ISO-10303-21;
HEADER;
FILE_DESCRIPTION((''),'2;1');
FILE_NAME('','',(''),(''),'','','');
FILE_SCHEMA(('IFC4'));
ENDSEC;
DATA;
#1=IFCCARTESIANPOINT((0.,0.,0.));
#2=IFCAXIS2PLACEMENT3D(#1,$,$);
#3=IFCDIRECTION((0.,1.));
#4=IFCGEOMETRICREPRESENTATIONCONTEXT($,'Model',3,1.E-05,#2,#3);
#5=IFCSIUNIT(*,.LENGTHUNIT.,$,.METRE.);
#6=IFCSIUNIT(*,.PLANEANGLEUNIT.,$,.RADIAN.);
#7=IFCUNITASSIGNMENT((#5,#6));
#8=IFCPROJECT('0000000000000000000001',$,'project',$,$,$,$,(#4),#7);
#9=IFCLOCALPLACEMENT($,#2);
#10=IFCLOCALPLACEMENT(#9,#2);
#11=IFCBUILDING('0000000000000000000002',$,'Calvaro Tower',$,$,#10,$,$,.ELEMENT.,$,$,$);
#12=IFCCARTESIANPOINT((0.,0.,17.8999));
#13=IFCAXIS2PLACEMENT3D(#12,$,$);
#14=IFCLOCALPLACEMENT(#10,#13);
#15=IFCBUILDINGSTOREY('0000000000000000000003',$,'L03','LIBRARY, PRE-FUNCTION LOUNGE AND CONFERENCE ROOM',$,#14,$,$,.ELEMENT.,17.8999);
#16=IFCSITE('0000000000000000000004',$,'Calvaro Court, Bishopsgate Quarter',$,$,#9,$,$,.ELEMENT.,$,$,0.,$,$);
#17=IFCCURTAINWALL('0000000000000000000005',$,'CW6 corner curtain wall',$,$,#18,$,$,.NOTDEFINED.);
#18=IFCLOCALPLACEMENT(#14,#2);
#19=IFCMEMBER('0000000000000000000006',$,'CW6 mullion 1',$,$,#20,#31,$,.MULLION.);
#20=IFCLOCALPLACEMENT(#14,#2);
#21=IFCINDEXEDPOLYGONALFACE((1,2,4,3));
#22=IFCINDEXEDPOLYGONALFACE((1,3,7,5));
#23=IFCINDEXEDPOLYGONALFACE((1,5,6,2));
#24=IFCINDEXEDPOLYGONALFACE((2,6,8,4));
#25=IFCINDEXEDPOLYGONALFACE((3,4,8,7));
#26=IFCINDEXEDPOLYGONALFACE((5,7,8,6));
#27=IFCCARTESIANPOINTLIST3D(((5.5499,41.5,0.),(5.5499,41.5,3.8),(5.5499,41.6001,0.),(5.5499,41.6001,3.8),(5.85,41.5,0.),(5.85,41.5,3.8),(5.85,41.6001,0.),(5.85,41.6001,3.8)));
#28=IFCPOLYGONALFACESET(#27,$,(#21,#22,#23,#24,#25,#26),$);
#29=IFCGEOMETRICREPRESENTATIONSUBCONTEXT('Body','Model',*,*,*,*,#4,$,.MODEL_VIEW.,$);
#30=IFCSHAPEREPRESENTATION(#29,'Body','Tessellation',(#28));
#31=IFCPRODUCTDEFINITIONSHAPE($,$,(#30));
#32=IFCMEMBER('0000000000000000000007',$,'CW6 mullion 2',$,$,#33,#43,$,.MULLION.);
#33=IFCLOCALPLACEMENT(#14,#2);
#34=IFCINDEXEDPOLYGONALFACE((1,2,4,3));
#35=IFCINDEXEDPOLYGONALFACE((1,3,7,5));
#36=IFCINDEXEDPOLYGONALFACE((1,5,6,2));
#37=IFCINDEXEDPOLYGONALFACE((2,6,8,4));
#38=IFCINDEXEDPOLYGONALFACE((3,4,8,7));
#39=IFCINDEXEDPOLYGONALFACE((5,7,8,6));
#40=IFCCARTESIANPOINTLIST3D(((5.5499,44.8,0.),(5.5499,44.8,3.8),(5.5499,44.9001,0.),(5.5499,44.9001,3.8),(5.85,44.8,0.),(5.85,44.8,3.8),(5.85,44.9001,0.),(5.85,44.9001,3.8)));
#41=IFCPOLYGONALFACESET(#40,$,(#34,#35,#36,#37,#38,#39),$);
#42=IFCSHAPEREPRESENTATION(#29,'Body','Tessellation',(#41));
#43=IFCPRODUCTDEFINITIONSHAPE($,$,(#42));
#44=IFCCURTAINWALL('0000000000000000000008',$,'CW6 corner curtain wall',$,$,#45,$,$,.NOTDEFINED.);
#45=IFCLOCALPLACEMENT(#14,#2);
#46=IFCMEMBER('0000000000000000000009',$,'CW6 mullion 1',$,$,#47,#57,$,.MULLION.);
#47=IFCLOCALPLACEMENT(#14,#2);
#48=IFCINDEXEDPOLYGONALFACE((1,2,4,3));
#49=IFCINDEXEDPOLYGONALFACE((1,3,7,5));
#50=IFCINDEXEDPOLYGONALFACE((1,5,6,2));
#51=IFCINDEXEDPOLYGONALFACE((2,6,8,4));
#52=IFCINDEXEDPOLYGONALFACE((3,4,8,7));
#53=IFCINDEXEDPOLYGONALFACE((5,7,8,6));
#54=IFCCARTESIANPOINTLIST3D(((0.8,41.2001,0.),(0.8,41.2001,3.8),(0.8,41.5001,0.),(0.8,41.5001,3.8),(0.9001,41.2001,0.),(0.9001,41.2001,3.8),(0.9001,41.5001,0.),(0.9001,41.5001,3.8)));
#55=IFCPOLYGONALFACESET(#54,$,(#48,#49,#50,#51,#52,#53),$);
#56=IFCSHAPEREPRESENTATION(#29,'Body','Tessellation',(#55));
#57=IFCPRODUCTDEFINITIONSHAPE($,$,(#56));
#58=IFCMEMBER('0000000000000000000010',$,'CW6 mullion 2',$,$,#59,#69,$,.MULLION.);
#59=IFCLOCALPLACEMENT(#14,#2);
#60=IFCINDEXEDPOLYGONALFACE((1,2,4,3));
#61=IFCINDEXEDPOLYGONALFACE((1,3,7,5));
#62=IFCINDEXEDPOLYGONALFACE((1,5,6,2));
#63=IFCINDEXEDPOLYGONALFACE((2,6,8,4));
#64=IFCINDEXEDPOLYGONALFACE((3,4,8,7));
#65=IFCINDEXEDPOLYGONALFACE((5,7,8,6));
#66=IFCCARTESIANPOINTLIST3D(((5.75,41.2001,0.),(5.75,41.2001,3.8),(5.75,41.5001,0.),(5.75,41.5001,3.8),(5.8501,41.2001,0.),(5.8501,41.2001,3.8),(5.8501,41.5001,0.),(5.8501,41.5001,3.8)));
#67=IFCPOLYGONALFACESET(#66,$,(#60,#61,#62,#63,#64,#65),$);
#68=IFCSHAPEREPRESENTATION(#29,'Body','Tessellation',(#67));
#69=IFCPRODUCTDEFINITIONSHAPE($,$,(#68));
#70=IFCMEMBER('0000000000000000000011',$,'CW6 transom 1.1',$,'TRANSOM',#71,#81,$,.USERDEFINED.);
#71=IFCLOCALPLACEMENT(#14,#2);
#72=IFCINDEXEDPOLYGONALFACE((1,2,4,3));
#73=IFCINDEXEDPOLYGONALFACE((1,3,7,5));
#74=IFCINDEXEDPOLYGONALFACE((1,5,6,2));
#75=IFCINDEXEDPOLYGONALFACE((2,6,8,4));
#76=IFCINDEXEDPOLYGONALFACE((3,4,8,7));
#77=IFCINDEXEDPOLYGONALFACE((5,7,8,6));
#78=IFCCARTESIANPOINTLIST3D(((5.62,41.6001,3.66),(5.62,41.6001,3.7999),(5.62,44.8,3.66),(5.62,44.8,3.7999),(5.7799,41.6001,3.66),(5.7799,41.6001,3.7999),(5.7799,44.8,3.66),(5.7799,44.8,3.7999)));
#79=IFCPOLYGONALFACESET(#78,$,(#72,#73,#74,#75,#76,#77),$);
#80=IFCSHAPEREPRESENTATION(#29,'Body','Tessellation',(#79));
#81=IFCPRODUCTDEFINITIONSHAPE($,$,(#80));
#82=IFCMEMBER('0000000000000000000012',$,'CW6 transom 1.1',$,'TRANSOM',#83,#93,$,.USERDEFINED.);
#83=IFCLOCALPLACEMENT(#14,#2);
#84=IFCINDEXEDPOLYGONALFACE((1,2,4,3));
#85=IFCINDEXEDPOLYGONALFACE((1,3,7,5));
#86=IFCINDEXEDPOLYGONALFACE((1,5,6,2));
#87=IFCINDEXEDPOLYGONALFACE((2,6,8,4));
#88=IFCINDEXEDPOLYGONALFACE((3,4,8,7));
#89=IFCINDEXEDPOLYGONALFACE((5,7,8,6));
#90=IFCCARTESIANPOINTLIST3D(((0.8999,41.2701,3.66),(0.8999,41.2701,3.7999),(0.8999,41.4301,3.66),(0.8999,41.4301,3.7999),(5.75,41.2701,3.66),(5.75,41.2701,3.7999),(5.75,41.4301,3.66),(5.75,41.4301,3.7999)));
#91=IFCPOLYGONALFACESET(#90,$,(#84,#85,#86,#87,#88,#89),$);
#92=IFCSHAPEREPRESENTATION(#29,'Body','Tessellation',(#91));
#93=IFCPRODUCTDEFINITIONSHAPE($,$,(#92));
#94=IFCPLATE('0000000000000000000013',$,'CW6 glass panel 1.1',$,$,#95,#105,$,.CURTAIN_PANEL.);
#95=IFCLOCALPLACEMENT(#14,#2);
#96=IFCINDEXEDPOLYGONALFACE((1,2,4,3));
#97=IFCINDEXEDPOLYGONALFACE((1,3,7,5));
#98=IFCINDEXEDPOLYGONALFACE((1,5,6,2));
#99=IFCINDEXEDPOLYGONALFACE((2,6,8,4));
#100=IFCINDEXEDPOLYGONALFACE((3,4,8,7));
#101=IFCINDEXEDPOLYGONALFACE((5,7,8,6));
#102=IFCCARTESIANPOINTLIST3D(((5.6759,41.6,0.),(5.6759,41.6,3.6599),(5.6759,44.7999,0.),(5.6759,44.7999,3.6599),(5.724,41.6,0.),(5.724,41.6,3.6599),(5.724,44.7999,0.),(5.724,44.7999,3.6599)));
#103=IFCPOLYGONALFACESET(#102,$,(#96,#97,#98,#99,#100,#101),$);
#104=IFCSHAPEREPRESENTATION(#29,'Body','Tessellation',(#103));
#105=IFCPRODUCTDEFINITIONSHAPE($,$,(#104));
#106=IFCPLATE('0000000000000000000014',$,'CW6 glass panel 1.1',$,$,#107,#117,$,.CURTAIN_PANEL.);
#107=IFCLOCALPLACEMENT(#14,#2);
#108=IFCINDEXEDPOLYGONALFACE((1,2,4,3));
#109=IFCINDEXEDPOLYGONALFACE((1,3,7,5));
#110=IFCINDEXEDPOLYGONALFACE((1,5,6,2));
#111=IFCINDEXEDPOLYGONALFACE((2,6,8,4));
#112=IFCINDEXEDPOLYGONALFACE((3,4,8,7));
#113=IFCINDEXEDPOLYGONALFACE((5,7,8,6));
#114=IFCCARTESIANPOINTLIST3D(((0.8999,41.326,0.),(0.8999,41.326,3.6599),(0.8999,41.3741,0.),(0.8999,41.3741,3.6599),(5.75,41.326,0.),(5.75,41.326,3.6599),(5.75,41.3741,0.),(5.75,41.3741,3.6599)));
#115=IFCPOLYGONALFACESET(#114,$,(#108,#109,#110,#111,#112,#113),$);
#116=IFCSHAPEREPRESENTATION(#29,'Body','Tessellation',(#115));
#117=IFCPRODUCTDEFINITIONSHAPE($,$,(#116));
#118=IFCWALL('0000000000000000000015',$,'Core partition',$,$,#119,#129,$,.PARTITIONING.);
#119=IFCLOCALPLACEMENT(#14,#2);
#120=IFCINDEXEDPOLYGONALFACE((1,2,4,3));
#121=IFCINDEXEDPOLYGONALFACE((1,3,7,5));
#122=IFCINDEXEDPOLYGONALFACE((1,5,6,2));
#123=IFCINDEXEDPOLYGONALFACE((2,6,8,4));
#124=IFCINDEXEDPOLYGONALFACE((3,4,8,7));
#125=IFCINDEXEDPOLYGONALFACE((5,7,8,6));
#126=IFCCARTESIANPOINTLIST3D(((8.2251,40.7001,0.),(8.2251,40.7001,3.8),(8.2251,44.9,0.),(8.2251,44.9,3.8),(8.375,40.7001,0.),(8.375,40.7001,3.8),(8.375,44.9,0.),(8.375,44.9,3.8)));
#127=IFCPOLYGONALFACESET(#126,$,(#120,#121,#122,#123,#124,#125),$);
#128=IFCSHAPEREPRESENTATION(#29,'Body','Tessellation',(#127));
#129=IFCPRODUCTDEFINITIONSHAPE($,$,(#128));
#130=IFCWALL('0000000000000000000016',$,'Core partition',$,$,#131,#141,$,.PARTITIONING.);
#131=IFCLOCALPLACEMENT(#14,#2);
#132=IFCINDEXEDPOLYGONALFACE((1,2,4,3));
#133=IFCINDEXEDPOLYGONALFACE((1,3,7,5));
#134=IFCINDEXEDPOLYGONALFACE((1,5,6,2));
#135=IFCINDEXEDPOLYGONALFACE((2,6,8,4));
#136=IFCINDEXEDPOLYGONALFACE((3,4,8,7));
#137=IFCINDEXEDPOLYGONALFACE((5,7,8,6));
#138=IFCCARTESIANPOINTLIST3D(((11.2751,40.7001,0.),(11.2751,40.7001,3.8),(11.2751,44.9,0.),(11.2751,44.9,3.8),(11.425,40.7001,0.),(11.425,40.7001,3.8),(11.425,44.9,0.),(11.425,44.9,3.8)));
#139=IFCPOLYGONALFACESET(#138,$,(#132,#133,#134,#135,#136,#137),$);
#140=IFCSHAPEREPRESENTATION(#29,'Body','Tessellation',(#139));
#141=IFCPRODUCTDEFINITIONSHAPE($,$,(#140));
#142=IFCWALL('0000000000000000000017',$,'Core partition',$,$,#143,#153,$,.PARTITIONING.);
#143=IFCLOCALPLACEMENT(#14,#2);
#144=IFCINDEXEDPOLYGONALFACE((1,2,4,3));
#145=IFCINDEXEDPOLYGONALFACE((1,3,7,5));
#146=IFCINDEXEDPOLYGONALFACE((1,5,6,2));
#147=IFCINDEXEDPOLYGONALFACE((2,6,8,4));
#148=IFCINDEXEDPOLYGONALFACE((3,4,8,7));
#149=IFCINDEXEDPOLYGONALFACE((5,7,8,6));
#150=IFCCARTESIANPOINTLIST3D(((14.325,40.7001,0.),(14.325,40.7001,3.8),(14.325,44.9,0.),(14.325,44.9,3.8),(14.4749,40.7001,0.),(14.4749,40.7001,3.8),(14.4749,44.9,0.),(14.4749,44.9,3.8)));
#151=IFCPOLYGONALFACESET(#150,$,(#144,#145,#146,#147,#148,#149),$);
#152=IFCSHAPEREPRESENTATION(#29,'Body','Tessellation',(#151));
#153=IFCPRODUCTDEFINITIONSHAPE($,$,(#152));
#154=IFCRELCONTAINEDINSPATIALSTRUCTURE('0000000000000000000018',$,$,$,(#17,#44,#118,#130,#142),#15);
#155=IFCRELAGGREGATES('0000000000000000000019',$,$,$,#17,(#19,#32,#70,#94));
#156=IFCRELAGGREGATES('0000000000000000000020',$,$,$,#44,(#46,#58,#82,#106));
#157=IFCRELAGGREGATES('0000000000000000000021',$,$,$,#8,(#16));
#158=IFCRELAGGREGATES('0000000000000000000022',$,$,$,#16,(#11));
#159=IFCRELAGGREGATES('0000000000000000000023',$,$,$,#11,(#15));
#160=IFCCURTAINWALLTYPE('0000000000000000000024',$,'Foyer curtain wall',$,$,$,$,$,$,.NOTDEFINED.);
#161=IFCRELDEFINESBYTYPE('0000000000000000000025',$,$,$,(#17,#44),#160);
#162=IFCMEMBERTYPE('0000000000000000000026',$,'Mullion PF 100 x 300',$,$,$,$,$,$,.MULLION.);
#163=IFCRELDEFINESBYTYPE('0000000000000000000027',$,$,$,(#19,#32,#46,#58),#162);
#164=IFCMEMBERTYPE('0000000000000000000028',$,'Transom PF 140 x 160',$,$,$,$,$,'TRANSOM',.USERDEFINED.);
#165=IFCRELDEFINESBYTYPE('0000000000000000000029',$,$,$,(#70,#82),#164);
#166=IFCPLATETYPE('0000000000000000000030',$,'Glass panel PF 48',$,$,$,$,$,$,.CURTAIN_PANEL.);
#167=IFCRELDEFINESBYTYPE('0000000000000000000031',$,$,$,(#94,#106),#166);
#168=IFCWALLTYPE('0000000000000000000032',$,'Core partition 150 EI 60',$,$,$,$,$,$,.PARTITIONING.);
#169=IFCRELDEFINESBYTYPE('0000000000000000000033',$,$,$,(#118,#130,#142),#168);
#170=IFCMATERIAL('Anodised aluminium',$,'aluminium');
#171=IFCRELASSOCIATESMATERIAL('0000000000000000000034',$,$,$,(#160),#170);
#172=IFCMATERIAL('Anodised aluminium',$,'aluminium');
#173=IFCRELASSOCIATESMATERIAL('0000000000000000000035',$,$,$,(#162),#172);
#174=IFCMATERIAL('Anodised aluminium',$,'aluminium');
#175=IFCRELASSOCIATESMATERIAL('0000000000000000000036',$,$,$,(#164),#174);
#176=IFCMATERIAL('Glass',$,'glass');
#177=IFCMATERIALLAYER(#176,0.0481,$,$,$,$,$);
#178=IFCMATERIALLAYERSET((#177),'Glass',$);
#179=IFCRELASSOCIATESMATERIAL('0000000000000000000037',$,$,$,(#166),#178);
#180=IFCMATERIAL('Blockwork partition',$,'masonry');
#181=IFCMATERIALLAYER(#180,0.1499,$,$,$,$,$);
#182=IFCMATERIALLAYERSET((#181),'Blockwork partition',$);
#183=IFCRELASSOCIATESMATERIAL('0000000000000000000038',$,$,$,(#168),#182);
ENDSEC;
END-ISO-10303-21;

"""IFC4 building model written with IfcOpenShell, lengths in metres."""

from ifc_helpers import new_model, si_unit, direction, frame, frame_2d, origin, origin_2d, place, context, subcontext, project, spatial, rectangle, extrude, material, layer, layer_set, material_profile, profile_set, type_object, element, aggregate, save


model = new_model("IFC4")

# Units and contexts
model_context = context("Model", 3, precision=1e-05, world=origin(), true_north=direction((0.0, 1.0)))
body_context = subcontext(model_context, "Body", "Model", "MODEL_VIEW")
ifc_project = project(units=[si_unit("LENGTHUNIT", "METRE"), si_unit("PLANEANGLEUNIT", "RADIAN")], contexts=[model_context])

# Site, building, storey
site_placement = place(None, origin())
site = spatial("IfcSite", under=ifc_project, at=site_placement, Name="Calvaro Court, Bishopsgate Quarter", CompositionType="ELEMENT", RefElevation=0.0)
building_placement = place(site_placement, origin())
building = spatial("IfcBuilding", under=site, at=building_placement, Name="Calvaro Tower", CompositionType="ELEMENT")
storey_placement = place(building_placement, frame((0.0, 0.0, 17.8999)))
storey = spatial("IfcBuildingStorey", under=building, at=storey_placement, Name="L03", Description="LIBRARY, PRE-FUNCTION LOUNGE AND CONFERENCE ROOM", CompositionType="ELEMENT", Elevation=17.8999)

# Curtain walls, members
ifc_material_1 = material(Name="Anodised aluminium", Category="aluminium")
curtain_wall_type = type_object("IfcCurtainWallType", Name="Foyer curtain wall", PredefinedType="NOTDEFINED", material=ifc_material_1)
curtain_wall_1_placement = place(storey_placement, origin())
curtain_wall_1 = element("IfcCurtainWall", 1, at=curtain_wall_1_placement, inside=storey, type_object=curtain_wall_type, Name="CW6 corner curtain wall", PredefinedType="NOTDEFINED")
ifc_material_2 = material(Name="Anodised aluminium", Category="aluminium")
ifc_material_profile_1 = material_profile(ifc_material_2, rectangle(XDim=0.3, YDim=0.1001, at=origin_2d()), Name="Mullion PF 100 x 300")
ifc_profile_set_1 = profile_set([ifc_material_profile_1], Name="Anodised aluminium")
member_type_1 = type_object("IfcMemberType", Name="Mullion PF 100 x 300", PredefinedType="MULLION", material=ifc_profile_set_1)
member_1_placement = place(storey_placement, frame((5.7, 41.55, 0.0), z_axis=(0.0, 0.0, 1.0), x_axis=(-1.0, 0.0, 0.0)))
member_1 = element("IfcMember", 2, at=member_1_placement, type_object=member_type_1, Name="CW6 mullion 1", PredefinedType="MULLION", context=body_context, shape_type="SweptSolid", body=[
    extrude(rectangle(XDim=0.3, YDim=0.1001, at=origin_2d()), origin(), (0.0, 0.0, 1.0), 3.8),
])
member_2_placement = place(storey_placement, frame((5.7, 44.8501, 0.0), z_axis=(0.0, 0.0, 1.0), x_axis=(-1.0, 0.0, 0.0)))
member_2 = element("IfcMember", 3, at=member_2_placement, type_object=member_type_1, Name="CW6 mullion 2", PredefinedType="MULLION", context=body_context, shape_type="SweptSolid", body=[
    extrude(rectangle(XDim=0.3, YDim=0.1001, at=origin_2d()), origin(), (0.0, 0.0, 1.0), 3.8),
])
curtain_wall_2_placement = place(storey_placement, origin())
curtain_wall_2 = element("IfcCurtainWall", 4, at=curtain_wall_2_placement, inside=storey, type_object=curtain_wall_type, Name="CW6 corner curtain wall", PredefinedType="NOTDEFINED")
member_3_placement = place(storey_placement, frame((0.8501, 41.3501, 0.0), z_axis=(0.0, 0.0, 1.0), x_axis=(0.0, 1.0, 0.0)))
member_3 = element("IfcMember", 5, at=member_3_placement, type_object=member_type_1, Name="CW6 mullion 1", PredefinedType="MULLION", context=body_context, shape_type="SweptSolid", body=[
    extrude(rectangle(XDim=0.3, YDim=0.1001, at=origin_2d()), origin(), (0.0, 0.0, 1.0), 3.8),
])
member_4_placement = place(storey_placement, frame((5.8, 41.3501, 0.0), z_axis=(0.0, 0.0, 1.0), x_axis=(0.0, 1.0, 0.0)))
member_4 = element("IfcMember", 6, at=member_4_placement, type_object=member_type_1, Name="CW6 mullion 2", PredefinedType="MULLION", context=body_context, shape_type="SweptSolid", body=[
    extrude(rectangle(XDim=0.3, YDim=0.1001, at=origin_2d()), origin(), (0.0, 0.0, 1.0), 3.8),
])

# Members
ifc_material_3 = material(Name="Anodised aluminium", Category="aluminium")
ifc_material_profile_2 = material_profile(ifc_material_3, rectangle(XDim=0.1599, YDim=0.1399, at=origin_2d()), Name="Transom PF 140 x 160")
ifc_profile_set_2 = profile_set([ifc_material_profile_2], Name="Anodised aluminium")
member_type_2 = type_object("IfcMemberType", Name="Transom PF 140 x 160", ElementType="TRANSOM", PredefinedType="USERDEFINED", material=ifc_profile_set_2)
member_5_placement = place(storey_placement, frame((5.7, 41.6001, 3.73), z_axis=(0.0, 1.0, 0.0), x_axis=(-1.0, 0.0, 0.0)))
member_5 = element("IfcMember", 7, at=member_5_placement, type_object=member_type_2, Name="CW6 transom 1.1", ObjectType="TRANSOM", PredefinedType="USERDEFINED", context=body_context, shape_type="SweptSolid", body=[
    extrude(rectangle(XDim=0.1599, YDim=0.1399, at=origin_2d()), origin(), (0.0, 0.0, 1.0), 3.2),
])
member_6_placement = place(storey_placement, frame((0.8999, 41.3501, 3.73), z_axis=(1.0, 0.0, 0.0), x_axis=(0.0, 1.0, 0.0)))
member_6 = element("IfcMember", 8, at=member_6_placement, type_object=member_type_2, Name="CW6 transom 1.1", ObjectType="TRANSOM", PredefinedType="USERDEFINED", context=body_context, shape_type="SweptSolid", body=[
    extrude(rectangle(XDim=0.1599, YDim=0.1399, at=origin_2d()), origin(), (0.0, 0.0, 1.0), 4.8501),
])

# Plates
ifc_material_4 = material(Name="Glass", Category="glass")
ifc_layer_1 = layer(ifc_material_4, 0.0481)
ifc_layer_set_1 = layer_set([ifc_layer_1], Name="Glass")
plate_type = type_object("IfcPlateType", Name="Glass panel PF 48", PredefinedType="CURTAIN_PANEL", material=ifc_layer_set_1)
plate_1_placement = place(storey_placement, frame((5.7, 43.2, 0.0), z_axis=(0.0, 0.0, 1.0), x_axis=(0.0, 1.0, 0.0)))
plate_1 = element("IfcPlate", 9, at=plate_1_placement, type_object=plate_type, Name="CW6 glass panel 1.1", PredefinedType="CURTAIN_PANEL", context=body_context, shape_type="SweptSolid", body=[
    extrude(rectangle(XDim=3.2, YDim=0.0481, at=origin_2d()), origin(), (0.0, 0.0, 1.0), 3.6599),
])
aggregate(curtain_wall_1, [member_1, member_2, member_5, plate_1])
plate_2_placement = place(storey_placement, frame((3.325, 41.3501, 0.0), z_axis=(0.0, 0.0, 1.0), x_axis=(1.0, 0.0, 0.0)))
plate_2 = element("IfcPlate", 10, at=plate_2_placement, type_object=plate_type, Name="CW6 glass panel 1.1", PredefinedType="CURTAIN_PANEL", context=body_context, shape_type="SweptSolid", body=[
    extrude(rectangle(XDim=4.8501, YDim=0.0481, at=origin_2d()), origin(), (0.0, 0.0, 1.0), 3.6599),
])
aggregate(curtain_wall_2, [member_3, member_4, member_6, plate_2])

# Walls
ifc_material_5 = material(Name="Blockwork partition", Category="masonry")
ifc_layer_2 = layer(ifc_material_5, 0.1499)
ifc_layer_set_2 = layer_set([ifc_layer_2], Name="Blockwork partition")
wall_type_1 = type_object("IfcWallType", Name="Core partition 150 EI 60", PredefinedType="PARTITIONING", material=ifc_layer_set_2)
for number, where, z_axis, x_axis, name in (
    (11, (8.3, 40.7, 0.0), (0.0, 0.0, 1.0), (0.0, 1.0, 0.0), "Core partition"),
    (12, (11.3501, 40.7, 0.0), (0.0, 0.0, 1.0), (0.0, 1.0, 0.0), "Core partition"),
    (13, (14.3999, 40.7, 0.0), (0.0, 0.0, 1.0), (0.0, 1.0, 0.0), "Core partition"),
):
    element("IfcWall", number, at=place(storey_placement, frame(where, z_axis=z_axis, x_axis=x_axis)), inside=storey, type_object=wall_type_1, Name=name, PredefinedType="PARTITIONING", context=body_context, shape_type="SweptSolid", body=[
        extrude(rectangle(XDim=4.2, YDim=0.1499, at=frame_2d((2.1001, 0.0))), origin(), (0.0, 0.0, 1.0), 3.8),
    ])

save(model, "model.ifc")
